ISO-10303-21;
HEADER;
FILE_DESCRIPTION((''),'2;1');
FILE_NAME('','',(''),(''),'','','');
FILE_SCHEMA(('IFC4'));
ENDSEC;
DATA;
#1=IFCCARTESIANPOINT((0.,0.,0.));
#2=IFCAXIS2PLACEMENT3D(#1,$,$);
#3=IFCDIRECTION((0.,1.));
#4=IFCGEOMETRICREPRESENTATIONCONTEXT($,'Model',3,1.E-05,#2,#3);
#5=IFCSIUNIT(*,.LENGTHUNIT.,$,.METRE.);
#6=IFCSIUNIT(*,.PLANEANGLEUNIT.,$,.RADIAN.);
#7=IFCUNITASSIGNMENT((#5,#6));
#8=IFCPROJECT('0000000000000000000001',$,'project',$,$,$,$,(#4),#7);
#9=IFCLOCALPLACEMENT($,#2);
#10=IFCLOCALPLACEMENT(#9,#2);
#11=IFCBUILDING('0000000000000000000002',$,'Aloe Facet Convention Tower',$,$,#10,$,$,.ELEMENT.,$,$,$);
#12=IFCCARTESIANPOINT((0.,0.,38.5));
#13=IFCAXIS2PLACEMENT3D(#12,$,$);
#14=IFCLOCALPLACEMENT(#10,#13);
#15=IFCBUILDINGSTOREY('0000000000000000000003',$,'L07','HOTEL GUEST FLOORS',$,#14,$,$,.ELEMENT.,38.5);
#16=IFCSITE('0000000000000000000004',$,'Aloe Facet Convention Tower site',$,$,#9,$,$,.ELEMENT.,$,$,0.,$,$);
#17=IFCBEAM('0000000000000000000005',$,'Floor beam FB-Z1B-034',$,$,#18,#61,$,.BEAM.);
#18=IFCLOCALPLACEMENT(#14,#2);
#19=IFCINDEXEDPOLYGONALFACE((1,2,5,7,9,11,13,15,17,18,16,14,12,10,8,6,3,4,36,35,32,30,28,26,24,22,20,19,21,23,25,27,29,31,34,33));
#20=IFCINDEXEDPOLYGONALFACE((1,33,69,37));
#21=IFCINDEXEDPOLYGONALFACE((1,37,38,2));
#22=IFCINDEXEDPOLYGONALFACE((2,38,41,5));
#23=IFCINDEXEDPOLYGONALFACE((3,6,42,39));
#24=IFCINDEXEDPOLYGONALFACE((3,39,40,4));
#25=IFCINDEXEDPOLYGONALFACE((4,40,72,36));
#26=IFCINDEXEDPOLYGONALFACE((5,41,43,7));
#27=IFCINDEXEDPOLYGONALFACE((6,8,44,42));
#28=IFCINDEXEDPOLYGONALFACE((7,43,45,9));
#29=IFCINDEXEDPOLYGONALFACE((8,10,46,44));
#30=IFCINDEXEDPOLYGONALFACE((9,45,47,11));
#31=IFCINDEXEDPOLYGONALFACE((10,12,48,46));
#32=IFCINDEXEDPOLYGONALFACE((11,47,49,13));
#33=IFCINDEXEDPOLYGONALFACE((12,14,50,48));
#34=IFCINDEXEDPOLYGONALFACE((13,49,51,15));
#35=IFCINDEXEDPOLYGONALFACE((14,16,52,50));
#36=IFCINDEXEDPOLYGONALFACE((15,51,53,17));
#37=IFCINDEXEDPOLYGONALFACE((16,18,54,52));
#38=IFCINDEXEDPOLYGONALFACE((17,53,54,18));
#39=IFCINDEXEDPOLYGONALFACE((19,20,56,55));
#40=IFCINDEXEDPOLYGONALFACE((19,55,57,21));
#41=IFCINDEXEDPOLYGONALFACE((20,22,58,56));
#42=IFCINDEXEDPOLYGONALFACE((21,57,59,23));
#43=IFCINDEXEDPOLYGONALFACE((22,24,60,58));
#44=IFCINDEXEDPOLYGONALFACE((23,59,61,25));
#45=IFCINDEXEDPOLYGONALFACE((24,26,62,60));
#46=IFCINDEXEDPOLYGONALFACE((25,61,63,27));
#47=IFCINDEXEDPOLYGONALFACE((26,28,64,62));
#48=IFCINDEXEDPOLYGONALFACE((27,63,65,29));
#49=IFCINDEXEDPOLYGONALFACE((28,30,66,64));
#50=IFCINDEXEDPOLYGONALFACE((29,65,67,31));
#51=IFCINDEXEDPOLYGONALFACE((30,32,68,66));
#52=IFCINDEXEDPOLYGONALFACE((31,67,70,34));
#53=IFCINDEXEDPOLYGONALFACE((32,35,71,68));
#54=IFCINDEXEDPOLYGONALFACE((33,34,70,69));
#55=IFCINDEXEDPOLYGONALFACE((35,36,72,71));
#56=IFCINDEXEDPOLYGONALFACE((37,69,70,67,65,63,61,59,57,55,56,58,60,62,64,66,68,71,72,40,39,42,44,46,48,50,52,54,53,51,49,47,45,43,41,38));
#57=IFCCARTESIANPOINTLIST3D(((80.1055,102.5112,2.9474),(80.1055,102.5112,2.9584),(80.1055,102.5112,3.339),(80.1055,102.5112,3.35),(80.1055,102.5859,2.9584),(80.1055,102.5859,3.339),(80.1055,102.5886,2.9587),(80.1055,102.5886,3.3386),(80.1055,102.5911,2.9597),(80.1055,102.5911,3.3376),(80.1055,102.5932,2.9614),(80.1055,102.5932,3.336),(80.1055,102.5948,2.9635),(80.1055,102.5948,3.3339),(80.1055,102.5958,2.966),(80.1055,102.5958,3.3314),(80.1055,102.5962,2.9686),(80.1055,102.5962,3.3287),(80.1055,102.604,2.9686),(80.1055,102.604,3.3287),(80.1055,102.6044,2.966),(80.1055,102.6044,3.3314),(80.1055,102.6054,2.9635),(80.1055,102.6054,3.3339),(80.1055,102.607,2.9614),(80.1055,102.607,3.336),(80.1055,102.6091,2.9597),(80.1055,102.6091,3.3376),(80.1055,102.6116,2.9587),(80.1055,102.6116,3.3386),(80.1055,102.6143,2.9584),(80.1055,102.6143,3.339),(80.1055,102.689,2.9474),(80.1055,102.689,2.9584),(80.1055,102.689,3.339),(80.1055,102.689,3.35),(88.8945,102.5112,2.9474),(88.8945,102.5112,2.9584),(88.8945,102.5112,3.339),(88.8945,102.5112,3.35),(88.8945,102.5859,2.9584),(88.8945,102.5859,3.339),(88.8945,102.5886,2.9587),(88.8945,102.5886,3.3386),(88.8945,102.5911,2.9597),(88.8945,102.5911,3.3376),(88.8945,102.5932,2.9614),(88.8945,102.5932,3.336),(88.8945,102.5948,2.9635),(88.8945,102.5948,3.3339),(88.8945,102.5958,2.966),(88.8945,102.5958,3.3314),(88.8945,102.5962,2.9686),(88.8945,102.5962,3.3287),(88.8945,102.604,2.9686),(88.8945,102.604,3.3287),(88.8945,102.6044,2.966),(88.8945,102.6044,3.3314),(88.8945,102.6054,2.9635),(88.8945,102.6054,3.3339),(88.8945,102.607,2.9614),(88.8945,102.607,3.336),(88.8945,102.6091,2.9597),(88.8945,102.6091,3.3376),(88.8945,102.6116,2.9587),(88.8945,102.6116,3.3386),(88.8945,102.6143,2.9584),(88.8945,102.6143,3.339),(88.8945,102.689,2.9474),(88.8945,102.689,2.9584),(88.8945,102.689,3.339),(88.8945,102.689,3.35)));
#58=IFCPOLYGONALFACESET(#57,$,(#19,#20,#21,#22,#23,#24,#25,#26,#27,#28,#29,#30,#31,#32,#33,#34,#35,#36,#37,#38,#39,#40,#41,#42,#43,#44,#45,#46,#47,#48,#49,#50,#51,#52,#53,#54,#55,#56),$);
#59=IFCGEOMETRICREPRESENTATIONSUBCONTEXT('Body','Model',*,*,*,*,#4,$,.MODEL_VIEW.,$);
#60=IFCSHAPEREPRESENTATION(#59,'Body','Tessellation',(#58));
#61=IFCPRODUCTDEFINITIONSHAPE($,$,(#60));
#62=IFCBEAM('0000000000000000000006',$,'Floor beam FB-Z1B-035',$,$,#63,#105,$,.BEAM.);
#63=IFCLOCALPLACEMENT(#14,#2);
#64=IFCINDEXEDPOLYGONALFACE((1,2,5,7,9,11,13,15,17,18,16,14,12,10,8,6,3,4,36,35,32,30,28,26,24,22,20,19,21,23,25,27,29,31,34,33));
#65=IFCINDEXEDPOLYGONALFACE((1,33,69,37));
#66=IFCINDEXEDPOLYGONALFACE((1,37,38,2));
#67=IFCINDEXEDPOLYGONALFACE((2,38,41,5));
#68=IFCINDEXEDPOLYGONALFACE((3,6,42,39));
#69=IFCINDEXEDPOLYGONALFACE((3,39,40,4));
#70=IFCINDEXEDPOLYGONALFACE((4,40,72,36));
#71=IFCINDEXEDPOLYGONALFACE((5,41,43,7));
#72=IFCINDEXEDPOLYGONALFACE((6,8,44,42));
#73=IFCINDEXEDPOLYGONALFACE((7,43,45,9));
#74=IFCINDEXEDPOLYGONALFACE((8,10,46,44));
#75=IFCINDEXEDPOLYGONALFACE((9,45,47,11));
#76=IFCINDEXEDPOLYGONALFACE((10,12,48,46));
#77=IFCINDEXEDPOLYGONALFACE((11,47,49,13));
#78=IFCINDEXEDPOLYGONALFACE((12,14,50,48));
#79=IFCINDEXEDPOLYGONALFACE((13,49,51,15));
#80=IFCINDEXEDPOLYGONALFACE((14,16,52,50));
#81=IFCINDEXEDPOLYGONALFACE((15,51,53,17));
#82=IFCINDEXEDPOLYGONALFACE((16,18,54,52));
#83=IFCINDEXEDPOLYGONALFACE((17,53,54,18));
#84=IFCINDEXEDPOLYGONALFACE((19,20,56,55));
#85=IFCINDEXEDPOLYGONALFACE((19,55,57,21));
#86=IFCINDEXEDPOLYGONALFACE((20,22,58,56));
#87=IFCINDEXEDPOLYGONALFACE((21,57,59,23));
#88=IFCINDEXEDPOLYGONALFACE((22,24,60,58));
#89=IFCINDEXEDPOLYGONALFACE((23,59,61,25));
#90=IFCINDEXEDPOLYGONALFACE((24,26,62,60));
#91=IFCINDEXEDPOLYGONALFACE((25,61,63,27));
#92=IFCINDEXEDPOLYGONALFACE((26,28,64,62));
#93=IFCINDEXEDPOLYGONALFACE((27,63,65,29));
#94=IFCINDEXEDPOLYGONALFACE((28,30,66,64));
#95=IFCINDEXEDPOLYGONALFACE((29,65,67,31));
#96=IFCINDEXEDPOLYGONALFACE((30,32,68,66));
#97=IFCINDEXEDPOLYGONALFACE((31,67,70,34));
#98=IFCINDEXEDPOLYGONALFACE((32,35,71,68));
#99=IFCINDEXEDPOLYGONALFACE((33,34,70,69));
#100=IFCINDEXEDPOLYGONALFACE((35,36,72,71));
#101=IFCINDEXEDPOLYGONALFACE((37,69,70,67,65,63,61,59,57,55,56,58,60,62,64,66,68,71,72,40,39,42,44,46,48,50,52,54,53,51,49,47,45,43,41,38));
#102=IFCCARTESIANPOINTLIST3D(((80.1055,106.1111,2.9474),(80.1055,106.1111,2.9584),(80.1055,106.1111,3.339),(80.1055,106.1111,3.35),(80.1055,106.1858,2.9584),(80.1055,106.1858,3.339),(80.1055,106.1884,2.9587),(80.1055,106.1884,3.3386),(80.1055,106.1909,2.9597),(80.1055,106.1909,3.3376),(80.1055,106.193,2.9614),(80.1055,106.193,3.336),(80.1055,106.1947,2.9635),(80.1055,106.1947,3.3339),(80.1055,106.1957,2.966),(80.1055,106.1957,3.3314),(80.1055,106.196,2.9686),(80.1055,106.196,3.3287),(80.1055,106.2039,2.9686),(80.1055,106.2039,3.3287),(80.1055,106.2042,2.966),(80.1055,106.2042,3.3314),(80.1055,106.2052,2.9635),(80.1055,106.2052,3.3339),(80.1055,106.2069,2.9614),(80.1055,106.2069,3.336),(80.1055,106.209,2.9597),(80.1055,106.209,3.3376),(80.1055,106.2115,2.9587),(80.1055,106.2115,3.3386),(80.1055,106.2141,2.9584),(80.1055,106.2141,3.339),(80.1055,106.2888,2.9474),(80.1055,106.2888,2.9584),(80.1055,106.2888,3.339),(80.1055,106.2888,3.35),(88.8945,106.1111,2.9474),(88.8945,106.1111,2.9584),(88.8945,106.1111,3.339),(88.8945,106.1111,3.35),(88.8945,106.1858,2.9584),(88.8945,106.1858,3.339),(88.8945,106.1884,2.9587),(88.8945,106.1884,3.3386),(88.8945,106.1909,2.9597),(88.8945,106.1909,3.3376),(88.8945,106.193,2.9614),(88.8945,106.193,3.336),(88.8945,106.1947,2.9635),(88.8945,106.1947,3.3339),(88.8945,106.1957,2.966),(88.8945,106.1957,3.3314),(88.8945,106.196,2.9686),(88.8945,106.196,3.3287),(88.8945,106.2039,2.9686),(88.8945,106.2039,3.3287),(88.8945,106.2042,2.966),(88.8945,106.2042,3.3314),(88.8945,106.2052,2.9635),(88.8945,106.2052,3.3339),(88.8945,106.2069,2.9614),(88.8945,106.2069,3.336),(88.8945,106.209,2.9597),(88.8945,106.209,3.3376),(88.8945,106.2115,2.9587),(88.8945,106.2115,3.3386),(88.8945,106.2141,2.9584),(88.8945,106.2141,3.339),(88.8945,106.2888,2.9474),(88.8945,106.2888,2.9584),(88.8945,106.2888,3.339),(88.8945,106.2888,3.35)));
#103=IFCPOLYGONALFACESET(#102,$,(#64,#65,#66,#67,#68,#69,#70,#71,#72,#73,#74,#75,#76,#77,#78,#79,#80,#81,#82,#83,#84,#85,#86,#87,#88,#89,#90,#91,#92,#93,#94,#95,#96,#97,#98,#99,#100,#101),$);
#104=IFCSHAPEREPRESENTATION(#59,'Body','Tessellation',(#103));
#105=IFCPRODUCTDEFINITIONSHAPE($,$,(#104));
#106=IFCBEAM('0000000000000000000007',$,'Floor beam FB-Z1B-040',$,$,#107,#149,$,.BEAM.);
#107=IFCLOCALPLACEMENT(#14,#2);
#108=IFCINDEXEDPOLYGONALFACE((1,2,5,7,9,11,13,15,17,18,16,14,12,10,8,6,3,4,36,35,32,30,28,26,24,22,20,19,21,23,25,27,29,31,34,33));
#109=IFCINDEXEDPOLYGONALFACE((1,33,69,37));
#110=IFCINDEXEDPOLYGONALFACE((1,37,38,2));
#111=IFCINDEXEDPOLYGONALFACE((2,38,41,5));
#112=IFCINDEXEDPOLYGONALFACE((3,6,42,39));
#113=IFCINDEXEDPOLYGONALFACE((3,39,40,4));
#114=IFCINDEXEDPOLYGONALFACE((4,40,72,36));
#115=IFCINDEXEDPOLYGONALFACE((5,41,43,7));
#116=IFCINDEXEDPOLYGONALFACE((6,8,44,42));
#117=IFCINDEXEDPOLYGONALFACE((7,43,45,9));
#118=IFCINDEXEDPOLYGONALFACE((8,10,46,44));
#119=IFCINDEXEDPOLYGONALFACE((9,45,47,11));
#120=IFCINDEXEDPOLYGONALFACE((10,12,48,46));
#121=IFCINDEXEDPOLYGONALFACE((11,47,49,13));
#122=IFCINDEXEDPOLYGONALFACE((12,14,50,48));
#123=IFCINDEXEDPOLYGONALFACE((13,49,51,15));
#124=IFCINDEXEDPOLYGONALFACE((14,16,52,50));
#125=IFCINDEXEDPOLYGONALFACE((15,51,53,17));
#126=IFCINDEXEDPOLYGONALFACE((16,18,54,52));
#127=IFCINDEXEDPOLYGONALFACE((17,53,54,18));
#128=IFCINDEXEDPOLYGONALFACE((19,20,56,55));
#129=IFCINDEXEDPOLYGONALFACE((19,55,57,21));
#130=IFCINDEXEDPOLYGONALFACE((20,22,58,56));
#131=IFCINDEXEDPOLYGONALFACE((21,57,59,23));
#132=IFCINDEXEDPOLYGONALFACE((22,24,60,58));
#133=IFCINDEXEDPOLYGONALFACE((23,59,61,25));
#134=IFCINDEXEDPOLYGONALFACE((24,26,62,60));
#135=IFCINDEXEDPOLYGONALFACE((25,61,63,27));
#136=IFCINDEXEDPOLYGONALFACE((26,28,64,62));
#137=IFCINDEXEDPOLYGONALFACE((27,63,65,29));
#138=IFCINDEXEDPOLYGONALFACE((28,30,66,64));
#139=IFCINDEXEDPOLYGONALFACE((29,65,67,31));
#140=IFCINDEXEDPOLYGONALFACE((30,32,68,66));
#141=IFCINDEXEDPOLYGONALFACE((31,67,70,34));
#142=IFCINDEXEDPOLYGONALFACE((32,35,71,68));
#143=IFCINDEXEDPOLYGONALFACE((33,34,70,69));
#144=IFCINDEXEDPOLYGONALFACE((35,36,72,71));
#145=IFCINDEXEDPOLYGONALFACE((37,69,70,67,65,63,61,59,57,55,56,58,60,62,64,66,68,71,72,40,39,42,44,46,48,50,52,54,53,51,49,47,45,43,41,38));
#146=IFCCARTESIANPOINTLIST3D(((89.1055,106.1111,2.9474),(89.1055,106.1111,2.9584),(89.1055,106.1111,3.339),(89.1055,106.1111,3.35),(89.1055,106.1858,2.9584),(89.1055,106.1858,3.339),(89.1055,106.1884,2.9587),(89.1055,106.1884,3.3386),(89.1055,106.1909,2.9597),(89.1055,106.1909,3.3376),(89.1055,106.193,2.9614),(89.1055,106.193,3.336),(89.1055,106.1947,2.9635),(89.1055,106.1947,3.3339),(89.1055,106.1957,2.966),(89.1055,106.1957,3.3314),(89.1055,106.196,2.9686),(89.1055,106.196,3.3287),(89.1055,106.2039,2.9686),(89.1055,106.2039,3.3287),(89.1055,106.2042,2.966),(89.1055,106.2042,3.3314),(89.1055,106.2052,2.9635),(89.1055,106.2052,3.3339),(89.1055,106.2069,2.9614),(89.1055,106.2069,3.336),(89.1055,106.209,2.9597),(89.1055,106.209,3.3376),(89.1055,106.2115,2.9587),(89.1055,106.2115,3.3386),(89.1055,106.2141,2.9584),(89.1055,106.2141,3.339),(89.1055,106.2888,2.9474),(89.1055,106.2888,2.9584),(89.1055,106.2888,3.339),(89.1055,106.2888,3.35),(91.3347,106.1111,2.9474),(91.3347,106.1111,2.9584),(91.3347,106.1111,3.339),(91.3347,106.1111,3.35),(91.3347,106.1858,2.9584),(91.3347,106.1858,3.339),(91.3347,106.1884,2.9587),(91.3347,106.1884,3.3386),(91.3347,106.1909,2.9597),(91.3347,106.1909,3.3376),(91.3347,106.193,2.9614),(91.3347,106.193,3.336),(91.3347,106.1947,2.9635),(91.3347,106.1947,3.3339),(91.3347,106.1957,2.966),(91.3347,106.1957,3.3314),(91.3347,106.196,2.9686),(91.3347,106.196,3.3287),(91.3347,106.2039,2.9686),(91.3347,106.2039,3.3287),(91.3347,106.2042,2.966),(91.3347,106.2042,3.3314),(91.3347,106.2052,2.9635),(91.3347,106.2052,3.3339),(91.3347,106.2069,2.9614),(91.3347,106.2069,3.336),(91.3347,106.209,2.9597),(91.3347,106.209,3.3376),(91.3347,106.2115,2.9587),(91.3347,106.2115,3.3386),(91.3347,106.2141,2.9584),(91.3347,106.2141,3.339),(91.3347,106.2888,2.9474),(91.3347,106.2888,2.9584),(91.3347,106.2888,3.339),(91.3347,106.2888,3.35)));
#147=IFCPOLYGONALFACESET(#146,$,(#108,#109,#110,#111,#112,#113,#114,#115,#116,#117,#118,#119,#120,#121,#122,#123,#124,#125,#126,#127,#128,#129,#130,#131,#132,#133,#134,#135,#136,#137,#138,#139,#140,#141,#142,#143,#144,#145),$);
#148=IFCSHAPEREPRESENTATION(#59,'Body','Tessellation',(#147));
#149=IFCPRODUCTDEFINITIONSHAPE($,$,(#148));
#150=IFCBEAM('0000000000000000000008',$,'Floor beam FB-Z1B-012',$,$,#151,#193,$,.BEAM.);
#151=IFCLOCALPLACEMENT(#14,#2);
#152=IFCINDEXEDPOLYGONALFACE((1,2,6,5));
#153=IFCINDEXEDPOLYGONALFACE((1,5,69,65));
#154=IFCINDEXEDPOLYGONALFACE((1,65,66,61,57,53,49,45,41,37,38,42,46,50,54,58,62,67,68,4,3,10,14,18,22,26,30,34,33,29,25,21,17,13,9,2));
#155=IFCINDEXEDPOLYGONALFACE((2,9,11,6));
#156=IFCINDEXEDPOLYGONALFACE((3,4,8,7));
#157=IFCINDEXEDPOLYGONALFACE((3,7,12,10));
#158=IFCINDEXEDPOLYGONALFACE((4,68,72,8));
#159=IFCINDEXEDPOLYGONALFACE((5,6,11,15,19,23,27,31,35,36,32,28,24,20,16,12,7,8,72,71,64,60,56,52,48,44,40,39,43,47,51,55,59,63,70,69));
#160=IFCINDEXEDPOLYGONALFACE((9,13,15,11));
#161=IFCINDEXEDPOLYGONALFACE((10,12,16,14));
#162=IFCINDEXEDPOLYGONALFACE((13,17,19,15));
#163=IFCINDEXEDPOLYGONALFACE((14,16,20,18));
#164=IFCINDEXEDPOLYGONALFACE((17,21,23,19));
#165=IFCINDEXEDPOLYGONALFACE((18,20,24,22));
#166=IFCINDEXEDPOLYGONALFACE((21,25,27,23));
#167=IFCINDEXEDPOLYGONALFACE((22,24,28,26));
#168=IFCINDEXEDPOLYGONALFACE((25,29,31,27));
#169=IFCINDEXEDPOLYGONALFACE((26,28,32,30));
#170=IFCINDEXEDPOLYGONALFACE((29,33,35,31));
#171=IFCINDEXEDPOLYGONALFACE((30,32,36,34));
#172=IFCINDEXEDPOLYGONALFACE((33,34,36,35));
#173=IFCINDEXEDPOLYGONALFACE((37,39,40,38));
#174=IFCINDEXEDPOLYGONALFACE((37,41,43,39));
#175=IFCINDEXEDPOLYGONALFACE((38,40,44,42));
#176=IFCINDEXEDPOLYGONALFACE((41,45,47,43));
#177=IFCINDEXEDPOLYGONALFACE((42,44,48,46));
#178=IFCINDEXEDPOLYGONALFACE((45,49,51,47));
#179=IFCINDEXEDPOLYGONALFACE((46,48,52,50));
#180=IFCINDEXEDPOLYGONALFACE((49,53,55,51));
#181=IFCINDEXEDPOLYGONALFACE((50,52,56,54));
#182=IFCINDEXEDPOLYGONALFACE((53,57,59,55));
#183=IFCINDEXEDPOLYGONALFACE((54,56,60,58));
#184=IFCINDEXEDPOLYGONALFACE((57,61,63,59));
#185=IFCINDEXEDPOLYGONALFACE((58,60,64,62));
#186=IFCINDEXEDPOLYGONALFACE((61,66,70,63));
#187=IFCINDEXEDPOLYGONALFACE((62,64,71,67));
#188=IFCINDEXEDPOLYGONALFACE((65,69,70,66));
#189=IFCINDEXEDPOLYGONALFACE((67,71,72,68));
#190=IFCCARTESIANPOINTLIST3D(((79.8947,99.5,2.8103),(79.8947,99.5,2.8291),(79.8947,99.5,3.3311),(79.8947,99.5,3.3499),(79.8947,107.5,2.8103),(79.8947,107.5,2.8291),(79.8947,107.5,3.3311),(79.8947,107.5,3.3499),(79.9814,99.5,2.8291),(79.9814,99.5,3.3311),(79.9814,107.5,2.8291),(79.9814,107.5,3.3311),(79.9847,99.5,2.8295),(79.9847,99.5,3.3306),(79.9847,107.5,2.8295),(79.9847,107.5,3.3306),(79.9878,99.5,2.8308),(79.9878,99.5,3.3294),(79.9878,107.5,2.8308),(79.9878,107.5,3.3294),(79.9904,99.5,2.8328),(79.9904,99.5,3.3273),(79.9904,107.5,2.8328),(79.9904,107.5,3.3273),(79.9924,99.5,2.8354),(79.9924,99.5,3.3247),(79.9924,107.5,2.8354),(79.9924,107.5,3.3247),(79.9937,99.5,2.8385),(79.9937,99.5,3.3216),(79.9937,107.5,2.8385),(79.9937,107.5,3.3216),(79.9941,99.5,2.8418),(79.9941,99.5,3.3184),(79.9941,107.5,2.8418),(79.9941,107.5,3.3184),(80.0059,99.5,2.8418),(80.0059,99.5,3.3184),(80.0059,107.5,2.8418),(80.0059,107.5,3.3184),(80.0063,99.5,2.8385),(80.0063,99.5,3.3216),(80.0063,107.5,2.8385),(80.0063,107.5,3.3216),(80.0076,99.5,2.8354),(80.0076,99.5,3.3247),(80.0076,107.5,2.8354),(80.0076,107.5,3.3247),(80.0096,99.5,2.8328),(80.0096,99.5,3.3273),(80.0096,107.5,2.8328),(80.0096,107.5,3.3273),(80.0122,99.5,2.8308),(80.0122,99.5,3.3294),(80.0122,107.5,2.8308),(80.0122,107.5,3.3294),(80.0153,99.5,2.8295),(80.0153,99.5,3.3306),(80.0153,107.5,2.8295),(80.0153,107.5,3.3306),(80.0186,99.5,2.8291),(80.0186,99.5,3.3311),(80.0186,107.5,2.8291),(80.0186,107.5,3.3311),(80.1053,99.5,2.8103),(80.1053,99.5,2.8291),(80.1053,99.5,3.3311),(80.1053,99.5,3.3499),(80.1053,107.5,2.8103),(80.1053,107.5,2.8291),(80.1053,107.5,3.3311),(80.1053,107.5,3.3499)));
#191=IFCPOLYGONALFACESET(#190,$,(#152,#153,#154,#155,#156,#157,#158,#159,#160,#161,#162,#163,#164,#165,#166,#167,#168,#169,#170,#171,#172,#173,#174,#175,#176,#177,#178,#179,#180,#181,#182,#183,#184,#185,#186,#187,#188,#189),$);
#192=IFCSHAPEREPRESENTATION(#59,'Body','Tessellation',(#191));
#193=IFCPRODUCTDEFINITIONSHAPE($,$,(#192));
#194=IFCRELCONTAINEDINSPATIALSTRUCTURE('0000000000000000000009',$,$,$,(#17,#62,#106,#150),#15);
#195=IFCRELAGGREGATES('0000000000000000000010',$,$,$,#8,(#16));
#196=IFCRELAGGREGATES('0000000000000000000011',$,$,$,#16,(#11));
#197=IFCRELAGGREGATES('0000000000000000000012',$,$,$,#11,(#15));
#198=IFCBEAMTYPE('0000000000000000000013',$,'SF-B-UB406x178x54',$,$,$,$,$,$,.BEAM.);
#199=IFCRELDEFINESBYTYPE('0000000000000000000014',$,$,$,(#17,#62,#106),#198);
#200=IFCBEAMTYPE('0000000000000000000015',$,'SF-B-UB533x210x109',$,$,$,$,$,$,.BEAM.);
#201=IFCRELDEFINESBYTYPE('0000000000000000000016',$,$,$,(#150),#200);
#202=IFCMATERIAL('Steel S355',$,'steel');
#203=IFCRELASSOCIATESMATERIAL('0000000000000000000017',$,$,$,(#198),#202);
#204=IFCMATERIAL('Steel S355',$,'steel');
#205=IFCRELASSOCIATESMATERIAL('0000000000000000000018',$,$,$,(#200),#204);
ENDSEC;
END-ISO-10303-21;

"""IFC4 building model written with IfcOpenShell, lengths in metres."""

from ifc_helpers import new_model, si_unit, direction, frame, origin, origin_2d, place, context, subcontext, project, spatial, i_section, extrude, material, material_profile, profile_set, type_object, element, save


model = new_model("IFC4")

# Units and contexts
model_context = context("Model", 3, precision=1e-05, world=origin(), true_north=direction((0.0, 1.0)))
body_context = subcontext(model_context, "Body", "Model", "MODEL_VIEW")
ifc_project = project(units=[si_unit("LENGTHUNIT", "METRE"), si_unit("PLANEANGLEUNIT", "RADIAN")], contexts=[model_context])

# Site, building, storey
site_placement = place(None, origin())
site = spatial("IfcSite", under=ifc_project, at=site_placement, Name="Aloe Facet Convention Tower site", CompositionType="ELEMENT", RefElevation=0.0)
building_placement = place(site_placement, origin())
building = spatial("IfcBuilding", under=site, at=building_placement, Name="Aloe Facet Convention Tower", CompositionType="ELEMENT")
storey_placement = place(building_placement, frame((0.0, 0.0, 38.5)))
storey = spatial("IfcBuildingStorey", under=building, at=storey_placement, Name="L07", Description="HOTEL GUEST FLOORS", CompositionType="ELEMENT", Elevation=38.5)

# Beams
ifc_material_1 = material(Name="Steel S355", Category="steel")
ifc_material_profile_1 = material_profile(ifc_material_1, i_section(OverallWidth=0.1777, OverallDepth=0.4026, WebThickness=0.0078, FlangeThickness=0.011, FilletRadius=0.0103, at=origin_2d()), Name="UB 406x178x54")
ifc_profile_set_1 = profile_set([ifc_material_profile_1], Name="Steel S355")
beam_type_1 = type_object("IfcBeamType", Name="SF-B-UB406x178x54", PredefinedType="BEAM", material=ifc_profile_set_1)
for number, where, z_axis, x_axis, name in (
    (1, (80.1055, 102.6001, 3.1487), (1.0, 0.0, 0.0), (0.0, 1.0, 0.0), "Floor beam FB-Z1B-034"),
    (2, (80.1055, 106.2, 3.1487), (1.0, 0.0, 0.0), (0.0, 1.0, 0.0), "Floor beam FB-Z1B-035"),
):
    element("IfcBeam", number, at=place(storey_placement, frame(where, z_axis=z_axis, x_axis=x_axis)), inside=storey, type_object=beam_type_1, Name=name, PredefinedType="BEAM", context=body_context, shape_type="SweptSolid", body=[
        extrude(i_section(OverallWidth=0.1777, OverallDepth=0.4026, WebThickness=0.0078, FlangeThickness=0.011, FilletRadius=0.0103, at=origin_2d()), origin(), (0.0, 0.0, 1.0), 8.7891),
    ])
beam_1_placement = place(storey_placement, frame((89.1055, 106.2, 3.1487), z_axis=(1.0, 0.0, 0.0), x_axis=(0.0, 1.0, 0.0)))
element("IfcBeam", 3, at=beam_1_placement, inside=storey, type_object=beam_type_1, Name="Floor beam FB-Z1B-040", PredefinedType="BEAM", context=body_context, shape_type="SweptSolid", body=[
    extrude(i_section(OverallWidth=0.1777, OverallDepth=0.4026, WebThickness=0.0078, FlangeThickness=0.011, FilletRadius=0.0103, at=origin_2d()), origin(), (0.0, 0.0, 1.0), 2.2292),
])
ifc_material_2 = material(Name="Steel S355", Category="steel")
ifc_material_profile_2 = material_profile(ifc_material_2, i_section(OverallWidth=0.2107, OverallDepth=0.5396, WebThickness=0.0117, FlangeThickness=0.0188, FilletRadius=0.0127, at=origin_2d()), Name="UB 533x210x109")
ifc_profile_set_2 = profile_set([ifc_material_profile_2], Name="Steel S355")
beam_type_2 = type_object("IfcBeamType", Name="SF-B-UB533x210x109", PredefinedType="BEAM", material=ifc_profile_set_2)
beam_2_placement = place(storey_placement, frame((80.0, 107.5, 3.0801), z_axis=(0.0, -1.0, 0.0), x_axis=(1.0, 0.0, 0.0)))
element("IfcBeam", 4, at=beam_2_placement, inside=storey, type_object=beam_type_2, Name="Floor beam FB-Z1B-012", PredefinedType="BEAM", context=body_context, shape_type="SweptSolid", body=[
    extrude(i_section(OverallWidth=0.2107, OverallDepth=0.5396, WebThickness=0.0117, FlangeThickness=0.0188, FilletRadius=0.0127, at=origin_2d()), origin(), (0.0, 0.0, 1.0), 8.0),
])

save(model, "model.ifc")
